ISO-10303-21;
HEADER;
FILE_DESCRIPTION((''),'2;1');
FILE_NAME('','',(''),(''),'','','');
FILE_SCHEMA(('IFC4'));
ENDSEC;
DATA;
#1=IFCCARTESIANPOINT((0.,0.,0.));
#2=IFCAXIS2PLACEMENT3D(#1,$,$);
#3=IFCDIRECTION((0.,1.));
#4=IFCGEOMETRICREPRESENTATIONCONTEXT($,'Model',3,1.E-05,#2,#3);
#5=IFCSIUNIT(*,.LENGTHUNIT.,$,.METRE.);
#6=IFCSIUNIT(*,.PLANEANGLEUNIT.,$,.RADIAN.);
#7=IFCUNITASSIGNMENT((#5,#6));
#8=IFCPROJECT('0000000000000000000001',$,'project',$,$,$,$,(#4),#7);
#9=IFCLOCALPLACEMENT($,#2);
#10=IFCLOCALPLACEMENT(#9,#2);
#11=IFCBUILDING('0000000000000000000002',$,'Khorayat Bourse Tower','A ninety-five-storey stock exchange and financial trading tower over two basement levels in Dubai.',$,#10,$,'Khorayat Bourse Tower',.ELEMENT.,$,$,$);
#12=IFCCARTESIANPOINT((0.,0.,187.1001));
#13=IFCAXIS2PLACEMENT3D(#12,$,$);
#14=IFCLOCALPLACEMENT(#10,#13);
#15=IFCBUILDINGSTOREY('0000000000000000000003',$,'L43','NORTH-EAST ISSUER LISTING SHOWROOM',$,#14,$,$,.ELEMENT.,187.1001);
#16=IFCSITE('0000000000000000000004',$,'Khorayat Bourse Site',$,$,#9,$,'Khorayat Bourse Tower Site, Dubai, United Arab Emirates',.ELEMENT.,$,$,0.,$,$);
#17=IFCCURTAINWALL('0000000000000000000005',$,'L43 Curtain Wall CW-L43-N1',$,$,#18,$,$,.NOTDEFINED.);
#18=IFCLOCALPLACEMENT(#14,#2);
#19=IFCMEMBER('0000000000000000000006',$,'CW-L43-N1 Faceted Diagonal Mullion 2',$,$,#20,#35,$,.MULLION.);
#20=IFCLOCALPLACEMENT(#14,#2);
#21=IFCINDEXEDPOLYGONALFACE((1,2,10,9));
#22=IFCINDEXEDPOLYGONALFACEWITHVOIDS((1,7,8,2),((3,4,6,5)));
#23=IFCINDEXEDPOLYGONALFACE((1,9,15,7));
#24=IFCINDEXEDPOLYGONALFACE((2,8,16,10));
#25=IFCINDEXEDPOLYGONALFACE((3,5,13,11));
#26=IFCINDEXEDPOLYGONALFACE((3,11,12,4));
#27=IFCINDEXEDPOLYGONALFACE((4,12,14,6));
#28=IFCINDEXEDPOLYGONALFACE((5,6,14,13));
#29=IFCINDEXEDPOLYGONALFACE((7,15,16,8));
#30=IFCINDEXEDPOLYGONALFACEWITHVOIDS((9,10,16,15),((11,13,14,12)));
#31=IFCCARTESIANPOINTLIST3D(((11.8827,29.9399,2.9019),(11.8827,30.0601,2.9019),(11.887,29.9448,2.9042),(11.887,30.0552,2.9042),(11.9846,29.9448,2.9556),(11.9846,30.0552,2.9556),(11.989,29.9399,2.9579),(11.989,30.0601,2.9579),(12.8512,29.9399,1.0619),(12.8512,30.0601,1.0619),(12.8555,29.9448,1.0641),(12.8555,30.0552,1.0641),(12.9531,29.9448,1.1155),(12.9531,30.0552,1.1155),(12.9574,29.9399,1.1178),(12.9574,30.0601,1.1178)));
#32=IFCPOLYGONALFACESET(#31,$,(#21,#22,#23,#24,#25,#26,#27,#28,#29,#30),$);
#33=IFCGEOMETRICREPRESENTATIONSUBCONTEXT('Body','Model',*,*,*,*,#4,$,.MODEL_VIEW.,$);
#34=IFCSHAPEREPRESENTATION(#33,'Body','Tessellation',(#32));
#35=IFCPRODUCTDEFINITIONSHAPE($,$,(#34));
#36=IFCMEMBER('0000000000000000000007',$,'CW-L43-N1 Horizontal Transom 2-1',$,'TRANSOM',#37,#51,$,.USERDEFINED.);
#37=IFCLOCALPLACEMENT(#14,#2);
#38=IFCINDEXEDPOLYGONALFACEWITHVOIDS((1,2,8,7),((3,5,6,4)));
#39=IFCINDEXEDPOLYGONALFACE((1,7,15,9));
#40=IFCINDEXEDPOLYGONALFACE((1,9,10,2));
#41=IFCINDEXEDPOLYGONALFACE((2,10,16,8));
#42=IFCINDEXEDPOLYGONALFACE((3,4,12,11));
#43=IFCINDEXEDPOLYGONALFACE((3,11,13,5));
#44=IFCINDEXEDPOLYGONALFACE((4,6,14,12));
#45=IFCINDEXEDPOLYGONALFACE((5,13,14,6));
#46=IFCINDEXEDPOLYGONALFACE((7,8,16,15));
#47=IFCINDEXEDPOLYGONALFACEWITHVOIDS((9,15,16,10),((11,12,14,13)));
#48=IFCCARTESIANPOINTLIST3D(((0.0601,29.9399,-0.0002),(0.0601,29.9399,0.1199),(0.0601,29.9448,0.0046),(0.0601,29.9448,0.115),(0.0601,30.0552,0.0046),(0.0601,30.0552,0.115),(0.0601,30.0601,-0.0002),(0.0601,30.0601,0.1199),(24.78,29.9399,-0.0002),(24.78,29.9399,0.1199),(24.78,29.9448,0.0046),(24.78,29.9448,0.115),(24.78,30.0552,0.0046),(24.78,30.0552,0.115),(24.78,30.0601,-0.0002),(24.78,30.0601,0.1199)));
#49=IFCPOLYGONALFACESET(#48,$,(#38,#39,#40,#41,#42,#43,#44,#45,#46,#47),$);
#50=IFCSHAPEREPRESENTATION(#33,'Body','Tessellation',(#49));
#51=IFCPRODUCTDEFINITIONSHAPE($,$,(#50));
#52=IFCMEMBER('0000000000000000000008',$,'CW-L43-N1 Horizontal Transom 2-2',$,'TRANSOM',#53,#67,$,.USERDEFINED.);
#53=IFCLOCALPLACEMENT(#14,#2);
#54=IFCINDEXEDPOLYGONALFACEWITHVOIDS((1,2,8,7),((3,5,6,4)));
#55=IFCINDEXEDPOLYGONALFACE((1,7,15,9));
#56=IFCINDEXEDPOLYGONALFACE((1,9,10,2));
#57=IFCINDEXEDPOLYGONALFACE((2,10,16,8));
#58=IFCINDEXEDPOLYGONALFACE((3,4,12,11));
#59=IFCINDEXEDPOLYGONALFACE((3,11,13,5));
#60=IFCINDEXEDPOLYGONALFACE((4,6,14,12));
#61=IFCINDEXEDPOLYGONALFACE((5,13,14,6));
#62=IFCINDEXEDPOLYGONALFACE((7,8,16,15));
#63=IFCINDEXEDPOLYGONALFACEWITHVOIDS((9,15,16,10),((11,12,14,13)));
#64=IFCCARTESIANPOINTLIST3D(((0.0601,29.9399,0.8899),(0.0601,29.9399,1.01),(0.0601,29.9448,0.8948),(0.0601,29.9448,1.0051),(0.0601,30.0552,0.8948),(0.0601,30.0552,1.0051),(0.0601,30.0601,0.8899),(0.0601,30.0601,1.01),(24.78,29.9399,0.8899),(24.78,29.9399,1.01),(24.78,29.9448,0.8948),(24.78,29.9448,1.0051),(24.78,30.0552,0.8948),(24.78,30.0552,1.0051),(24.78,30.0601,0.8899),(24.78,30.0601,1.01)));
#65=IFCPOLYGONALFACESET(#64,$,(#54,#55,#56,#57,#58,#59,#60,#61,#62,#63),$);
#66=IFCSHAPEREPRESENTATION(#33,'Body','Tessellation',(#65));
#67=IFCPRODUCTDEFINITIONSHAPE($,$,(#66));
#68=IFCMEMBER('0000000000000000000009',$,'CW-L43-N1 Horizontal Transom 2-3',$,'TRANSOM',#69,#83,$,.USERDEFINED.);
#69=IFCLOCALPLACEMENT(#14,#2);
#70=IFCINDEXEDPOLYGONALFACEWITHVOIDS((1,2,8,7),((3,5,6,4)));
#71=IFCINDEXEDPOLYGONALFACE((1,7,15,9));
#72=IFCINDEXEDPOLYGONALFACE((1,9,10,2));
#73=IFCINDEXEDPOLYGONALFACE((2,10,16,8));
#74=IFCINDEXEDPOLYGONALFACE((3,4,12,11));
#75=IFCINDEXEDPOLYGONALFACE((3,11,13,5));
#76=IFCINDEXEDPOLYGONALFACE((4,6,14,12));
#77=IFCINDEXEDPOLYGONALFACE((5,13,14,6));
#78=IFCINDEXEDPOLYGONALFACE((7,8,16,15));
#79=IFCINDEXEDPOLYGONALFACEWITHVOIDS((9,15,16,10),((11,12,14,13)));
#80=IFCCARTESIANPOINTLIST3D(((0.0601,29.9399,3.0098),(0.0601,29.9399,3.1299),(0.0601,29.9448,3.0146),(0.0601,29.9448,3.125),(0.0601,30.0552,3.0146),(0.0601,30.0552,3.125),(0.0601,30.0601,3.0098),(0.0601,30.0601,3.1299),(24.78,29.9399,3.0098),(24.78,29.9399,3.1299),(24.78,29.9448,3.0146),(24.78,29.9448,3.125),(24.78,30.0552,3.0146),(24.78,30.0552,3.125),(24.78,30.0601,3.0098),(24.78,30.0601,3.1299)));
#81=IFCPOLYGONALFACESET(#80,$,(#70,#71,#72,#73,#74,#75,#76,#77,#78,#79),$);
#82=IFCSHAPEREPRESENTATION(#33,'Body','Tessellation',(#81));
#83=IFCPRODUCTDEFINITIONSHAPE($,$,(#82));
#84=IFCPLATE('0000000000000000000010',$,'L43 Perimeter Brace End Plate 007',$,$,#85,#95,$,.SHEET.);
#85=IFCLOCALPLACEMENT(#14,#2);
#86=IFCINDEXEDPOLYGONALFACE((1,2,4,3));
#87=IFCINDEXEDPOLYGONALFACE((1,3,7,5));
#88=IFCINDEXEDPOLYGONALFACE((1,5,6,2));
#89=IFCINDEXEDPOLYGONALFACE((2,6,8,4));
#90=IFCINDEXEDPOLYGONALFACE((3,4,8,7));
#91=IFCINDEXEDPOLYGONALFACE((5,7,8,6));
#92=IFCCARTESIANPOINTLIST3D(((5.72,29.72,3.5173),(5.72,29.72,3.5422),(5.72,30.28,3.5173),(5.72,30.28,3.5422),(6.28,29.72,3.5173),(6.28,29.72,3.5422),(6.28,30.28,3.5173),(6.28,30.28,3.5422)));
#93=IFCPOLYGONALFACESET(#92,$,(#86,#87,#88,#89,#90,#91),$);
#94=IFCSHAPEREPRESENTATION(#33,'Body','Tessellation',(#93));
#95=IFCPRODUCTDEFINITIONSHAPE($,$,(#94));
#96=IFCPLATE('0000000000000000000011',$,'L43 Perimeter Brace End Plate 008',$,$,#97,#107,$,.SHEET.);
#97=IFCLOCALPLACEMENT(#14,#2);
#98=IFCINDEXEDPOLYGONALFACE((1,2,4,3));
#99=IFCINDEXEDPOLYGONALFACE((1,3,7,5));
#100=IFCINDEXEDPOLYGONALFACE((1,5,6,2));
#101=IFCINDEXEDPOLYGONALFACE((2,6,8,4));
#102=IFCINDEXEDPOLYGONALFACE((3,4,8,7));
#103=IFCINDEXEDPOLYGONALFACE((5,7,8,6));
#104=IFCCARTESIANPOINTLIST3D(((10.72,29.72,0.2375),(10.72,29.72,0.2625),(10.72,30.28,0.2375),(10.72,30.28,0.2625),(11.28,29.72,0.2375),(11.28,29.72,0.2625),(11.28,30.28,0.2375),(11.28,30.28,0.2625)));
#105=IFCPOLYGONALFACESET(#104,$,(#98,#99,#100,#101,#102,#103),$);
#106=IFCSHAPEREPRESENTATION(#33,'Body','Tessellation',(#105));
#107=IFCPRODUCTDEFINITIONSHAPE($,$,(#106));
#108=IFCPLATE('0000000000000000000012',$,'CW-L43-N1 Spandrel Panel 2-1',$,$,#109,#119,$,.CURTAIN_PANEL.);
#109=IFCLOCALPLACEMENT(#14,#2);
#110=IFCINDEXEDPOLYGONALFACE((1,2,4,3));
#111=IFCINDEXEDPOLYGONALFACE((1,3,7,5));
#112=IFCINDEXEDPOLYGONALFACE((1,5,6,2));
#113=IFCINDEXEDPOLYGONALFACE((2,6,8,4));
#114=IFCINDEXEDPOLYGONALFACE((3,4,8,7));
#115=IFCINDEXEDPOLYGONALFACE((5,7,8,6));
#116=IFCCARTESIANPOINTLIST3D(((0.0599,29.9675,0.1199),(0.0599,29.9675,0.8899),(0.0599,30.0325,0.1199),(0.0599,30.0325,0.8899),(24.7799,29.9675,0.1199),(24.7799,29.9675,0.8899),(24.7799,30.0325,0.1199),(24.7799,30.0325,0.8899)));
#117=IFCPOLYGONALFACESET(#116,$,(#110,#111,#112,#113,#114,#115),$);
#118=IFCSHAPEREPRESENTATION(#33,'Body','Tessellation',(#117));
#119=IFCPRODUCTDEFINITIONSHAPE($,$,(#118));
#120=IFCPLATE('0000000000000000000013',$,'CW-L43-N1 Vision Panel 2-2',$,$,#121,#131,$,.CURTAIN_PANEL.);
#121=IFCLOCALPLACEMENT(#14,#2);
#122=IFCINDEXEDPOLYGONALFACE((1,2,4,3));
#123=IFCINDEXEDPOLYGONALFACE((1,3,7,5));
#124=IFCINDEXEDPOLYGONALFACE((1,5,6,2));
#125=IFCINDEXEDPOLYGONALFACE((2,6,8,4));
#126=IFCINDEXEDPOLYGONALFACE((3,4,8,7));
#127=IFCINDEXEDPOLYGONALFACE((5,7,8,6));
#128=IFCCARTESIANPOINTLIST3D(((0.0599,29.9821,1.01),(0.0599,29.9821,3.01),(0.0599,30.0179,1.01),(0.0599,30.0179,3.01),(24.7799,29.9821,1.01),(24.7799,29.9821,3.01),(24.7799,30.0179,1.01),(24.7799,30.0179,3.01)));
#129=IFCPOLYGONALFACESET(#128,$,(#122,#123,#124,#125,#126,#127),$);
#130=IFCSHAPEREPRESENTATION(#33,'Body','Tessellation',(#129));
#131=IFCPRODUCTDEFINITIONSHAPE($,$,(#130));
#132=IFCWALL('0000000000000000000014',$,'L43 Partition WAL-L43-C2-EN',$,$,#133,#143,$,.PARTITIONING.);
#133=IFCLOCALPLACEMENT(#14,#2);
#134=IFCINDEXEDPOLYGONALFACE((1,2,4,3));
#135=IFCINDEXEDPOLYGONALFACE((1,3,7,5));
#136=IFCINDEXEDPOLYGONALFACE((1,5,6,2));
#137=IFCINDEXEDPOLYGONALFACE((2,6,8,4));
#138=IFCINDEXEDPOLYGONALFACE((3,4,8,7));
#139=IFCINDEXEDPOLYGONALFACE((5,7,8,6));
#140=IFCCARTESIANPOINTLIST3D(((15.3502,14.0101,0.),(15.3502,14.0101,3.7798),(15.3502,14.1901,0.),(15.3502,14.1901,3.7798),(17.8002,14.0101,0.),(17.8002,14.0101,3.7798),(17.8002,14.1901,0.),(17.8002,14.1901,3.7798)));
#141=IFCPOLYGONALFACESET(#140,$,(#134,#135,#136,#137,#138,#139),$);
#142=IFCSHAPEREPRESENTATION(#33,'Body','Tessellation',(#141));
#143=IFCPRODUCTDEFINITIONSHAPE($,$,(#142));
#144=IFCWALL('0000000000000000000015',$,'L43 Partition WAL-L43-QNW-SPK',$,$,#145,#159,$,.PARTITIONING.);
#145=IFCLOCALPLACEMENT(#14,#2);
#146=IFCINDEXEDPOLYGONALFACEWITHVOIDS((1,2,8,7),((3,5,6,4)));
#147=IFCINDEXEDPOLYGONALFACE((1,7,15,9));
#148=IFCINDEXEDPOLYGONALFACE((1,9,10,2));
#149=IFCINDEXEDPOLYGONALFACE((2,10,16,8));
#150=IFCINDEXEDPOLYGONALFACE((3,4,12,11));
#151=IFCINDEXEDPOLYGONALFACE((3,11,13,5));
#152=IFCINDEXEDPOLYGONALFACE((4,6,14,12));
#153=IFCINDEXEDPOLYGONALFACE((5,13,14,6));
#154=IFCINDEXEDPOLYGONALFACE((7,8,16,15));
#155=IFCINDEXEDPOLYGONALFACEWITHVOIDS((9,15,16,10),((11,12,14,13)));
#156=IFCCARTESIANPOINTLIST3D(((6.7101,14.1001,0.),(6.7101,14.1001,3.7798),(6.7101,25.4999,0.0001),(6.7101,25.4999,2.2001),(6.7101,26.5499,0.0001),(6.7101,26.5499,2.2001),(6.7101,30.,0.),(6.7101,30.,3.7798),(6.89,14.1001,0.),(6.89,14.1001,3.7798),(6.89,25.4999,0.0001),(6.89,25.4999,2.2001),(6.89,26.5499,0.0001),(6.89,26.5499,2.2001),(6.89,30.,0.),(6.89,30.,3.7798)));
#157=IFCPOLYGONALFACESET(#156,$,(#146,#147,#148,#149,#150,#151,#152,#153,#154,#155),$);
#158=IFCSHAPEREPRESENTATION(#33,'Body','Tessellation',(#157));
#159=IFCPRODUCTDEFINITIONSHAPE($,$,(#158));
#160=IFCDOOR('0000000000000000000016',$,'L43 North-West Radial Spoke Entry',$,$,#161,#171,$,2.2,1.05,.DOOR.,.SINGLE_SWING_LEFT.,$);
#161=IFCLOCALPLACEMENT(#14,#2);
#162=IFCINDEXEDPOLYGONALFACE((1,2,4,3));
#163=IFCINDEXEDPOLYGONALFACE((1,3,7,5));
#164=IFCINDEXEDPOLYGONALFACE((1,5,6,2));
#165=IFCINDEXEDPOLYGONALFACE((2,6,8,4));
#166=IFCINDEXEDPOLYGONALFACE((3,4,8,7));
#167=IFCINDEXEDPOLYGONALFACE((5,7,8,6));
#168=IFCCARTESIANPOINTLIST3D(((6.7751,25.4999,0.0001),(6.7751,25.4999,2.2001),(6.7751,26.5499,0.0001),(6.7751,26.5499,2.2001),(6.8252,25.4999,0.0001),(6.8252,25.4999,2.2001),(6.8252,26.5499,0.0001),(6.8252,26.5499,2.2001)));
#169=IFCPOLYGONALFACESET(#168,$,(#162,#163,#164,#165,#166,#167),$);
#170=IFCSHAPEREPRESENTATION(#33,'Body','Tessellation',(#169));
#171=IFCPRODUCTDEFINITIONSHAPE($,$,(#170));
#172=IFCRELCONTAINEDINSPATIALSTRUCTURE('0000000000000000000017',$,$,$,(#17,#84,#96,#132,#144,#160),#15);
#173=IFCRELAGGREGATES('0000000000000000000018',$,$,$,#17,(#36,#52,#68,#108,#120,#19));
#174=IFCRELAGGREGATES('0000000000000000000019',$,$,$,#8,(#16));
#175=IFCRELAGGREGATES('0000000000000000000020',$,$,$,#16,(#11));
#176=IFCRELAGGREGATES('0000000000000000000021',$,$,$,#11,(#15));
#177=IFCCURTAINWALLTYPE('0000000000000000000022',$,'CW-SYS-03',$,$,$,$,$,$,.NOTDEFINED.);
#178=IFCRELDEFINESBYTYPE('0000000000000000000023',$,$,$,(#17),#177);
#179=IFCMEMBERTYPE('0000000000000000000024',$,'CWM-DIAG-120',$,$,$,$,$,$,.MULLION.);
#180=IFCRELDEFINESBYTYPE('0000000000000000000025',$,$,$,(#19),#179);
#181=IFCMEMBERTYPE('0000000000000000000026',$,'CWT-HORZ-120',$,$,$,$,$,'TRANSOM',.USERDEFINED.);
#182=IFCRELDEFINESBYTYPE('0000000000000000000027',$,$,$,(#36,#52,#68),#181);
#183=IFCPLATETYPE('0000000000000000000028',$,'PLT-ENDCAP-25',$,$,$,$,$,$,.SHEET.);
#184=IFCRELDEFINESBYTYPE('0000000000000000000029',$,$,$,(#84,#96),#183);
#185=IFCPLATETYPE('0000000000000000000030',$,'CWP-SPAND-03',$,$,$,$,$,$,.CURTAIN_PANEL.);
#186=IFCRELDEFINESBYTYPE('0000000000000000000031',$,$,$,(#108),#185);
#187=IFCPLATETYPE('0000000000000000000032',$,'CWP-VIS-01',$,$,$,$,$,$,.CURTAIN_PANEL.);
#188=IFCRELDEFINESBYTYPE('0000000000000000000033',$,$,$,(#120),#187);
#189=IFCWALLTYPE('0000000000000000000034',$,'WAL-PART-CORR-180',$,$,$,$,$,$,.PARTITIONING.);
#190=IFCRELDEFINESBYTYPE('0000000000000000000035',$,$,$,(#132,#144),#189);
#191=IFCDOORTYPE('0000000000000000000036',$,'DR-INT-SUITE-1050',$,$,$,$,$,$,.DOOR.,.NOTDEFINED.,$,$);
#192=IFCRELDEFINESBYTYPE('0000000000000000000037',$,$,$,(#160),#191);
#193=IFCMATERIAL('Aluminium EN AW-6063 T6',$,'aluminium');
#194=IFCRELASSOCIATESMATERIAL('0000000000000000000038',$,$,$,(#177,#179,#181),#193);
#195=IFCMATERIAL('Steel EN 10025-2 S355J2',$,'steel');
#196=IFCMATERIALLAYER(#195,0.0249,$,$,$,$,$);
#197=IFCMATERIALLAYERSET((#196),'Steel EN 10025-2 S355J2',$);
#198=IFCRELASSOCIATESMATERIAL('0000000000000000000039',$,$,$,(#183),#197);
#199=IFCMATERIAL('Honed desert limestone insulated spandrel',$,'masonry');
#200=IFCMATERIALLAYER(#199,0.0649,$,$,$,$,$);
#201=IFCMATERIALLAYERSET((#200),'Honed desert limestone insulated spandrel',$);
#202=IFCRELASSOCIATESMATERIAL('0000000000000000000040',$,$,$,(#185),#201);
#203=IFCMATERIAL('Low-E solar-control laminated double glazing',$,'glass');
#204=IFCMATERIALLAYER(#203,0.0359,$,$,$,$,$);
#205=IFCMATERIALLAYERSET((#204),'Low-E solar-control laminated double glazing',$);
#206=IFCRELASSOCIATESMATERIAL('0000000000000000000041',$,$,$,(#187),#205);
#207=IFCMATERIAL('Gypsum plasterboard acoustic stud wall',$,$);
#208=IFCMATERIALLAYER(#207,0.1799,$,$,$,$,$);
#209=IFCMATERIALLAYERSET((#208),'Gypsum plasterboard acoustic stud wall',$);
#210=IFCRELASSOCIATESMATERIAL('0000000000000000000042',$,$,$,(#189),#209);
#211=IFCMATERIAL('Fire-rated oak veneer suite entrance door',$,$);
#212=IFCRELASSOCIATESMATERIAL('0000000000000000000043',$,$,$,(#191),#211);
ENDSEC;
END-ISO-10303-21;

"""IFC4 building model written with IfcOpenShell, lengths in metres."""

from ifc_helpers import new_model, si_unit, direction, frame, frame_2d, origin, origin_2d, place, context, subcontext, project, spatial, rectangle, hollow_rectangle, extrude, source, transform, mapped, material, layer, layer_set, material_profile, profile_set, type_object, element, fill, aggregate, save


model = new_model("IFC4")

# Units and contexts
model_context = context("Model", 3, precision=1e-05, world=origin(), true_north=direction((0.0, 1.0)))
body_context = subcontext(model_context, "Body", "Model", "MODEL_VIEW")
ifc_project = project(units=[si_unit("LENGTHUNIT", "METRE"), si_unit("PLANEANGLEUNIT", "RADIAN")], contexts=[model_context])

# Site, building, storey
site_placement = place(None, origin())
site = spatial("IfcSite", under=ifc_project, at=site_placement, Name="Khorayat Bourse Site", LongName="Khorayat Bourse Tower Site, Dubai, United Arab Emirates", CompositionType="ELEMENT", RefElevation=0.0)
building_placement = place(site_placement, origin())
building = spatial("IfcBuilding", under=site, at=building_placement, Name="Khorayat Bourse Tower", Description="A ninety-five-storey stock exchange and financial trading tower over two basement levels in Dubai.", LongName="Khorayat Bourse Tower", CompositionType="ELEMENT")
storey_placement = place(building_placement, frame((0.0, 0.0, 187.1001)))
storey = spatial("IfcBuildingStorey", under=building, at=storey_placement, Name="L43", Description="NORTH-EAST ISSUER LISTING SHOWROOM", CompositionType="ELEMENT", Elevation=187.1001)

# Curtain wall, members
ifc_material_1 = material(Name="Aluminium EN AW-6063 T6", Category="aluminium")
curtain_wall_type = type_object("IfcCurtainWallType", Name="CW-SYS-03", PredefinedType="NOTDEFINED", material=ifc_material_1)
curtain_wall_placement = place(storey_placement, origin())
curtain_wall = element("IfcCurtainWall", 1, at=curtain_wall_placement, inside=storey, type_object=curtain_wall_type, Name="L43 Curtain Wall CW-L43-N1", PredefinedType="NOTDEFINED")
ifc_material_profile_1 = material_profile(ifc_material_1, hollow_rectangle(XDim=0.1201, YDim=0.1201, WallThickness=0.0049, at=origin_2d()), Name="ALU 120x120x5")
ifc_profile_set_1 = profile_set([ifc_material_profile_1], Name="Aluminium EN AW-6063 T6")
member_type_1 = type_object("IfcMemberType", Name="CWM-DIAG-120", PredefinedType="MULLION", material=ifc_profile_set_1)
shared_shape_1 = source(origin(), body_context, "Body", "SweptSolid", [
    extrude(hollow_rectangle(XDim=0.1201, YDim=0.1201, WallThickness=0.0049, at=origin_2d()), origin(), (0.0, 0.0, 1.0), 2.0793),
])
member_1_placement = place(storey_placement, frame((12.9043, 30.0, 1.0898), z_axis=(-0.465761, 0.0, 0.884911), x_axis=(0.0, -1.0, 0.0)))
member_1 = element("IfcMember", 2, at=member_1_placement, type_object=member_type_1, Name="CW-L43-N1 Faceted Diagonal Mullion 2", PredefinedType="MULLION", context=body_context, shape_type="MappedRepresentation", body=[
    mapped(shared_shape_1, transform((0.0, 0.0, 0.0), scale=1.0)),
])
ifc_material_profile_2 = material_profile(ifc_material_1, hollow_rectangle(XDim=0.1201, YDim=0.1201, WallThickness=0.0049, at=origin_2d()), Name="ALU 120x120x5")
ifc_profile_set_2 = profile_set([ifc_material_profile_2], Name="Aluminium EN AW-6063 T6")
member_type_2 = type_object("IfcMemberType", Name="CWT-HORZ-120", ElementType="TRANSOM", PredefinedType="USERDEFINED", material=ifc_profile_set_2)
shared_shape_2 = source(origin(), body_context, "Body", "SweptSolid", [
    extrude(hollow_rectangle(XDim=0.1201, YDim=0.1201, WallThickness=0.0049, at=origin_2d()), origin(), (0.0, 0.0, 1.0), 24.72),
])
member_2_placement = place(storey_placement, frame((0.0601, 30.0, 0.0598), z_axis=(1.0, 0.0, 0.0), x_axis=(0.0, 1.0, 0.0)))
member_2 = element("IfcMember", 3, at=member_2_placement, type_object=member_type_2, Name="CW-L43-N1 Horizontal Transom 2-1", ObjectType="TRANSOM", PredefinedType="USERDEFINED", context=body_context, shape_type="MappedRepresentation", body=[
    mapped(shared_shape_2, transform((0.0, 0.0, 0.0), scale=1.0)),
])
member_3_placement = place(storey_placement, frame((0.0601, 30.0, 0.95), z_axis=(1.0, 0.0, 0.0), x_axis=(0.0, 1.0, 0.0)))
member_3 = element("IfcMember", 4, at=member_3_placement, type_object=member_type_2, Name="CW-L43-N1 Horizontal Transom 2-2", ObjectType="TRANSOM", PredefinedType="USERDEFINED", context=body_context, shape_type="MappedRepresentation", body=[
    mapped(shared_shape_2, transform((0.0, 0.0, 0.0), scale=1.0)),
])
member_4_placement = place(storey_placement, frame((0.0601, 30.0, 3.0698), z_axis=(1.0, 0.0, 0.0), x_axis=(0.0, 1.0, 0.0)))
member_4 = element("IfcMember", 5, at=member_4_placement, type_object=member_type_2, Name="CW-L43-N1 Horizontal Transom 2-3", ObjectType="TRANSOM", PredefinedType="USERDEFINED", context=body_context, shape_type="MappedRepresentation", body=[
    mapped(shared_shape_2, transform((0.0, 0.0, 0.0), scale=1.0)),
])

# Plates
ifc_material_2 = material(Name="Steel EN 10025-2 S355J2", Category="steel")
ifc_layer_1 = layer(ifc_material_2, 0.0249)
ifc_layer_set_1 = layer_set([ifc_layer_1], Name="Steel EN 10025-2 S355J2")
plate_type_1 = type_object("IfcPlateType", Name="PLT-ENDCAP-25", PredefinedType="SHEET", material=ifc_layer_set_1)
shared_shape_3 = source(origin(), body_context, "Body", "SweptSolid", [
    extrude(rectangle(XDim=0.5601, YDim=0.5601, at=origin_2d()), origin(), (0.0, 0.0, 1.0), 0.0249),
])
for number, where, z_axis, x_axis, name in (
    (6, (6.0, 30.0, 3.5173), (0.0, 0.0, 1.0), (1.0, 0.0, 0.0), "L43 Perimeter Brace End Plate 007"),
    (7, (11.0, 30.0, 0.2375), (0.0, 0.0, 1.0), (1.0, 0.0, 0.0), "L43 Perimeter Brace End Plate 008"),
):
    element("IfcPlate", number, at=place(storey_placement, frame(where, z_axis=z_axis, x_axis=x_axis)), inside=storey, type_object=plate_type_1, Name=name, PredefinedType="SHEET", context=body_context, shape_type="MappedRepresentation", body=[
        mapped(shared_shape_3, transform((0.0, 0.0, 0.0), scale=1.0)),
    ])

# Plates
ifc_material_3 = material(Name="Honed desert limestone insulated spandrel", Category="masonry")
ifc_layer_2 = layer(ifc_material_3, 0.0649)
ifc_layer_set_2 = layer_set([ifc_layer_2], Name="Honed desert limestone insulated spandrel")
plate_type_2 = type_object("IfcPlateType", Name="CWP-SPAND-03", PredefinedType="CURTAIN_PANEL", material=ifc_layer_set_2)
shared_shape_4 = source(origin(), body_context, "Body", "SweptSolid", [
    extrude(rectangle(XDim=24.72, YDim=0.0649, at=origin_2d()), origin(), (0.0, 0.0, 1.0), 0.77),
])
plate_1_placement = place(storey_placement, frame((12.4199, 30.0, 0.1199), z_axis=(0.0, 0.0, 1.0), x_axis=(1.0, 0.0, 0.0)))
plate_1 = element("IfcPlate", 8, at=plate_1_placement, type_object=plate_type_2, Name="CW-L43-N1 Spandrel Panel 2-1", PredefinedType="CURTAIN_PANEL", context=body_context, shape_type="MappedRepresentation", body=[
    mapped(shared_shape_4, transform((0.0, 0.0, 0.0), scale=1.0)),
])
ifc_material_4 = material(Name="Low-E solar-control laminated double glazing", Category="glass")
ifc_layer_3 = layer(ifc_material_4, 0.0359)
ifc_layer_set_3 = layer_set([ifc_layer_3], Name="Low-E solar-control laminated double glazing")
plate_type_3 = type_object("IfcPlateType", Name="CWP-VIS-01", PredefinedType="CURTAIN_PANEL", material=ifc_layer_set_3)
shared_shape_5 = source(origin(), body_context, "Body", "SweptSolid", [
    extrude(rectangle(XDim=24.72, YDim=0.0359, at=origin_2d()), origin(), (0.0, 0.0, 1.0), 2.0),
])
plate_2_placement = place(storey_placement, frame((12.4199, 30.0, 1.01), z_axis=(0.0, 0.0, 1.0), x_axis=(1.0, 0.0, 0.0)))
plate_2 = element("IfcPlate", 9, at=plate_2_placement, type_object=plate_type_3, Name="CW-L43-N1 Vision Panel 2-2", PredefinedType="CURTAIN_PANEL", context=body_context, shape_type="MappedRepresentation", body=[
    mapped(shared_shape_5, transform((0.0, 0.0, 0.0), scale=1.0)),
])
aggregate(curtain_wall, [member_2, member_3, member_4, plate_1, plate_2, member_1])

# Wall
ifc_material_5 = material(Name="Gypsum plasterboard acoustic stud wall")
ifc_layer_4 = layer(ifc_material_5, 0.1799)
ifc_layer_set_4 = layer_set([ifc_layer_4], Name="Gypsum plasterboard acoustic stud wall")
wall_type = type_object("IfcWallType", Name="WAL-PART-CORR-180", PredefinedType="PARTITIONING", material=ifc_layer_set_4)
shared_shape_6 = source(origin(), body_context, "Body", "SweptSolid", [
    extrude(rectangle(XDim=2.45, YDim=0.1799, at=frame_2d((1.2251, 0.0))), origin(), (0.0, 0.0, 1.0), 3.7798),
])
wall_1_placement = place(storey_placement, frame((15.3501, 14.1001, 0.0), z_axis=(0.0, 0.0, 1.0), x_axis=(1.0, 0.0, 0.0)))
element("IfcWall", 10, at=wall_1_placement, inside=storey, type_object=wall_type, Name="L43 Partition WAL-L43-C2-EN", PredefinedType="PARTITIONING", context=body_context, shape_type="MappedRepresentation", body=[
    mapped(shared_shape_6, transform((0.0, 0.0, 0.0), scale=1.0)),
])

# Wall, opening, door
shared_shape_7 = source(origin(), body_context, "Body", "SweptSolid", [
    extrude(rectangle(XDim=15.8999, YDim=0.1799, at=frame_2d((7.95, 0.0))), origin(), (0.0, 0.0, 1.0), 3.7798),
])
wall_2_placement = place(storey_placement, frame((6.8, 14.1001, 0.0), z_axis=(0.0, 0.0, 1.0), x_axis=(0.0, 1.0, 0.0)))
wall_2 = element("IfcWall", 11, at=wall_2_placement, inside=storey, type_object=wall_type, Name="L43 Partition WAL-L43-QNW-SPK", PredefinedType="PARTITIONING", context=body_context, shape_type="MappedRepresentation", body=[
    mapped(shared_shape_7, transform((0.0, 0.0, 0.0), scale=1.0)),
])
shared_shape_8 = source(origin(), body_context, "Body", "SweptSolid", [
    extrude(rectangle(XDim=1.05, YDim=2.2, at=frame_2d((0.5249, 1.1001))), frame((0.0, 0.0999, 0.0), z_axis=(0.0, -1.0, 0.0), x_axis=(1.0, 0.0, 0.0)), (0.0, 0.0, 1.0), 0.2),
])
opening_1_placement = place(wall_2_placement, frame((11.3999, 0.0, 0.0)))
opening_1 = element("IfcOpeningElement", 12, at=opening_1_placement, cuts=wall_2, PredefinedType="OPENING", context=body_context, shape_type="MappedRepresentation", body=[
    mapped(shared_shape_8, transform((0.0, 0.0, 0.0), scale=1.0)),
])
ifc_material_6 = material(Name="Fire-rated oak veneer suite entrance door")
door_type = type_object("IfcDoorType", Name="DR-INT-SUITE-1050", OperationType="NOTDEFINED", PredefinedType="DOOR", material=ifc_material_6)
shared_shape_9 = source(origin(), body_context, "Body", "SweptSolid", [
    extrude(rectangle(XDim=1.05, YDim=2.2, at=frame_2d((0.5249, 1.1001))), frame((0.0, 0.0249, 0.0), z_axis=(0.0, -1.0, 0.0), x_axis=(1.0, 0.0, 0.0)), (0.0, 0.0, 1.0), 0.05),
])
door_1_placement = place(opening_1_placement, origin())
door_1 = element("IfcDoor", 13, at=door_1_placement, inside=storey, type_object=door_type, Name="L43 North-West Radial Spoke Entry", OperationType="SINGLE_SWING_LEFT", OverallHeight=2.2, OverallWidth=1.05, PredefinedType="DOOR", context=body_context, shape_type="MappedRepresentation", body=[
    mapped(shared_shape_9, transform((0.0, 0.0, 0.0), scale=1.0)),
])
fill(opening_1, door_1)

save(model, "model.ifc")
